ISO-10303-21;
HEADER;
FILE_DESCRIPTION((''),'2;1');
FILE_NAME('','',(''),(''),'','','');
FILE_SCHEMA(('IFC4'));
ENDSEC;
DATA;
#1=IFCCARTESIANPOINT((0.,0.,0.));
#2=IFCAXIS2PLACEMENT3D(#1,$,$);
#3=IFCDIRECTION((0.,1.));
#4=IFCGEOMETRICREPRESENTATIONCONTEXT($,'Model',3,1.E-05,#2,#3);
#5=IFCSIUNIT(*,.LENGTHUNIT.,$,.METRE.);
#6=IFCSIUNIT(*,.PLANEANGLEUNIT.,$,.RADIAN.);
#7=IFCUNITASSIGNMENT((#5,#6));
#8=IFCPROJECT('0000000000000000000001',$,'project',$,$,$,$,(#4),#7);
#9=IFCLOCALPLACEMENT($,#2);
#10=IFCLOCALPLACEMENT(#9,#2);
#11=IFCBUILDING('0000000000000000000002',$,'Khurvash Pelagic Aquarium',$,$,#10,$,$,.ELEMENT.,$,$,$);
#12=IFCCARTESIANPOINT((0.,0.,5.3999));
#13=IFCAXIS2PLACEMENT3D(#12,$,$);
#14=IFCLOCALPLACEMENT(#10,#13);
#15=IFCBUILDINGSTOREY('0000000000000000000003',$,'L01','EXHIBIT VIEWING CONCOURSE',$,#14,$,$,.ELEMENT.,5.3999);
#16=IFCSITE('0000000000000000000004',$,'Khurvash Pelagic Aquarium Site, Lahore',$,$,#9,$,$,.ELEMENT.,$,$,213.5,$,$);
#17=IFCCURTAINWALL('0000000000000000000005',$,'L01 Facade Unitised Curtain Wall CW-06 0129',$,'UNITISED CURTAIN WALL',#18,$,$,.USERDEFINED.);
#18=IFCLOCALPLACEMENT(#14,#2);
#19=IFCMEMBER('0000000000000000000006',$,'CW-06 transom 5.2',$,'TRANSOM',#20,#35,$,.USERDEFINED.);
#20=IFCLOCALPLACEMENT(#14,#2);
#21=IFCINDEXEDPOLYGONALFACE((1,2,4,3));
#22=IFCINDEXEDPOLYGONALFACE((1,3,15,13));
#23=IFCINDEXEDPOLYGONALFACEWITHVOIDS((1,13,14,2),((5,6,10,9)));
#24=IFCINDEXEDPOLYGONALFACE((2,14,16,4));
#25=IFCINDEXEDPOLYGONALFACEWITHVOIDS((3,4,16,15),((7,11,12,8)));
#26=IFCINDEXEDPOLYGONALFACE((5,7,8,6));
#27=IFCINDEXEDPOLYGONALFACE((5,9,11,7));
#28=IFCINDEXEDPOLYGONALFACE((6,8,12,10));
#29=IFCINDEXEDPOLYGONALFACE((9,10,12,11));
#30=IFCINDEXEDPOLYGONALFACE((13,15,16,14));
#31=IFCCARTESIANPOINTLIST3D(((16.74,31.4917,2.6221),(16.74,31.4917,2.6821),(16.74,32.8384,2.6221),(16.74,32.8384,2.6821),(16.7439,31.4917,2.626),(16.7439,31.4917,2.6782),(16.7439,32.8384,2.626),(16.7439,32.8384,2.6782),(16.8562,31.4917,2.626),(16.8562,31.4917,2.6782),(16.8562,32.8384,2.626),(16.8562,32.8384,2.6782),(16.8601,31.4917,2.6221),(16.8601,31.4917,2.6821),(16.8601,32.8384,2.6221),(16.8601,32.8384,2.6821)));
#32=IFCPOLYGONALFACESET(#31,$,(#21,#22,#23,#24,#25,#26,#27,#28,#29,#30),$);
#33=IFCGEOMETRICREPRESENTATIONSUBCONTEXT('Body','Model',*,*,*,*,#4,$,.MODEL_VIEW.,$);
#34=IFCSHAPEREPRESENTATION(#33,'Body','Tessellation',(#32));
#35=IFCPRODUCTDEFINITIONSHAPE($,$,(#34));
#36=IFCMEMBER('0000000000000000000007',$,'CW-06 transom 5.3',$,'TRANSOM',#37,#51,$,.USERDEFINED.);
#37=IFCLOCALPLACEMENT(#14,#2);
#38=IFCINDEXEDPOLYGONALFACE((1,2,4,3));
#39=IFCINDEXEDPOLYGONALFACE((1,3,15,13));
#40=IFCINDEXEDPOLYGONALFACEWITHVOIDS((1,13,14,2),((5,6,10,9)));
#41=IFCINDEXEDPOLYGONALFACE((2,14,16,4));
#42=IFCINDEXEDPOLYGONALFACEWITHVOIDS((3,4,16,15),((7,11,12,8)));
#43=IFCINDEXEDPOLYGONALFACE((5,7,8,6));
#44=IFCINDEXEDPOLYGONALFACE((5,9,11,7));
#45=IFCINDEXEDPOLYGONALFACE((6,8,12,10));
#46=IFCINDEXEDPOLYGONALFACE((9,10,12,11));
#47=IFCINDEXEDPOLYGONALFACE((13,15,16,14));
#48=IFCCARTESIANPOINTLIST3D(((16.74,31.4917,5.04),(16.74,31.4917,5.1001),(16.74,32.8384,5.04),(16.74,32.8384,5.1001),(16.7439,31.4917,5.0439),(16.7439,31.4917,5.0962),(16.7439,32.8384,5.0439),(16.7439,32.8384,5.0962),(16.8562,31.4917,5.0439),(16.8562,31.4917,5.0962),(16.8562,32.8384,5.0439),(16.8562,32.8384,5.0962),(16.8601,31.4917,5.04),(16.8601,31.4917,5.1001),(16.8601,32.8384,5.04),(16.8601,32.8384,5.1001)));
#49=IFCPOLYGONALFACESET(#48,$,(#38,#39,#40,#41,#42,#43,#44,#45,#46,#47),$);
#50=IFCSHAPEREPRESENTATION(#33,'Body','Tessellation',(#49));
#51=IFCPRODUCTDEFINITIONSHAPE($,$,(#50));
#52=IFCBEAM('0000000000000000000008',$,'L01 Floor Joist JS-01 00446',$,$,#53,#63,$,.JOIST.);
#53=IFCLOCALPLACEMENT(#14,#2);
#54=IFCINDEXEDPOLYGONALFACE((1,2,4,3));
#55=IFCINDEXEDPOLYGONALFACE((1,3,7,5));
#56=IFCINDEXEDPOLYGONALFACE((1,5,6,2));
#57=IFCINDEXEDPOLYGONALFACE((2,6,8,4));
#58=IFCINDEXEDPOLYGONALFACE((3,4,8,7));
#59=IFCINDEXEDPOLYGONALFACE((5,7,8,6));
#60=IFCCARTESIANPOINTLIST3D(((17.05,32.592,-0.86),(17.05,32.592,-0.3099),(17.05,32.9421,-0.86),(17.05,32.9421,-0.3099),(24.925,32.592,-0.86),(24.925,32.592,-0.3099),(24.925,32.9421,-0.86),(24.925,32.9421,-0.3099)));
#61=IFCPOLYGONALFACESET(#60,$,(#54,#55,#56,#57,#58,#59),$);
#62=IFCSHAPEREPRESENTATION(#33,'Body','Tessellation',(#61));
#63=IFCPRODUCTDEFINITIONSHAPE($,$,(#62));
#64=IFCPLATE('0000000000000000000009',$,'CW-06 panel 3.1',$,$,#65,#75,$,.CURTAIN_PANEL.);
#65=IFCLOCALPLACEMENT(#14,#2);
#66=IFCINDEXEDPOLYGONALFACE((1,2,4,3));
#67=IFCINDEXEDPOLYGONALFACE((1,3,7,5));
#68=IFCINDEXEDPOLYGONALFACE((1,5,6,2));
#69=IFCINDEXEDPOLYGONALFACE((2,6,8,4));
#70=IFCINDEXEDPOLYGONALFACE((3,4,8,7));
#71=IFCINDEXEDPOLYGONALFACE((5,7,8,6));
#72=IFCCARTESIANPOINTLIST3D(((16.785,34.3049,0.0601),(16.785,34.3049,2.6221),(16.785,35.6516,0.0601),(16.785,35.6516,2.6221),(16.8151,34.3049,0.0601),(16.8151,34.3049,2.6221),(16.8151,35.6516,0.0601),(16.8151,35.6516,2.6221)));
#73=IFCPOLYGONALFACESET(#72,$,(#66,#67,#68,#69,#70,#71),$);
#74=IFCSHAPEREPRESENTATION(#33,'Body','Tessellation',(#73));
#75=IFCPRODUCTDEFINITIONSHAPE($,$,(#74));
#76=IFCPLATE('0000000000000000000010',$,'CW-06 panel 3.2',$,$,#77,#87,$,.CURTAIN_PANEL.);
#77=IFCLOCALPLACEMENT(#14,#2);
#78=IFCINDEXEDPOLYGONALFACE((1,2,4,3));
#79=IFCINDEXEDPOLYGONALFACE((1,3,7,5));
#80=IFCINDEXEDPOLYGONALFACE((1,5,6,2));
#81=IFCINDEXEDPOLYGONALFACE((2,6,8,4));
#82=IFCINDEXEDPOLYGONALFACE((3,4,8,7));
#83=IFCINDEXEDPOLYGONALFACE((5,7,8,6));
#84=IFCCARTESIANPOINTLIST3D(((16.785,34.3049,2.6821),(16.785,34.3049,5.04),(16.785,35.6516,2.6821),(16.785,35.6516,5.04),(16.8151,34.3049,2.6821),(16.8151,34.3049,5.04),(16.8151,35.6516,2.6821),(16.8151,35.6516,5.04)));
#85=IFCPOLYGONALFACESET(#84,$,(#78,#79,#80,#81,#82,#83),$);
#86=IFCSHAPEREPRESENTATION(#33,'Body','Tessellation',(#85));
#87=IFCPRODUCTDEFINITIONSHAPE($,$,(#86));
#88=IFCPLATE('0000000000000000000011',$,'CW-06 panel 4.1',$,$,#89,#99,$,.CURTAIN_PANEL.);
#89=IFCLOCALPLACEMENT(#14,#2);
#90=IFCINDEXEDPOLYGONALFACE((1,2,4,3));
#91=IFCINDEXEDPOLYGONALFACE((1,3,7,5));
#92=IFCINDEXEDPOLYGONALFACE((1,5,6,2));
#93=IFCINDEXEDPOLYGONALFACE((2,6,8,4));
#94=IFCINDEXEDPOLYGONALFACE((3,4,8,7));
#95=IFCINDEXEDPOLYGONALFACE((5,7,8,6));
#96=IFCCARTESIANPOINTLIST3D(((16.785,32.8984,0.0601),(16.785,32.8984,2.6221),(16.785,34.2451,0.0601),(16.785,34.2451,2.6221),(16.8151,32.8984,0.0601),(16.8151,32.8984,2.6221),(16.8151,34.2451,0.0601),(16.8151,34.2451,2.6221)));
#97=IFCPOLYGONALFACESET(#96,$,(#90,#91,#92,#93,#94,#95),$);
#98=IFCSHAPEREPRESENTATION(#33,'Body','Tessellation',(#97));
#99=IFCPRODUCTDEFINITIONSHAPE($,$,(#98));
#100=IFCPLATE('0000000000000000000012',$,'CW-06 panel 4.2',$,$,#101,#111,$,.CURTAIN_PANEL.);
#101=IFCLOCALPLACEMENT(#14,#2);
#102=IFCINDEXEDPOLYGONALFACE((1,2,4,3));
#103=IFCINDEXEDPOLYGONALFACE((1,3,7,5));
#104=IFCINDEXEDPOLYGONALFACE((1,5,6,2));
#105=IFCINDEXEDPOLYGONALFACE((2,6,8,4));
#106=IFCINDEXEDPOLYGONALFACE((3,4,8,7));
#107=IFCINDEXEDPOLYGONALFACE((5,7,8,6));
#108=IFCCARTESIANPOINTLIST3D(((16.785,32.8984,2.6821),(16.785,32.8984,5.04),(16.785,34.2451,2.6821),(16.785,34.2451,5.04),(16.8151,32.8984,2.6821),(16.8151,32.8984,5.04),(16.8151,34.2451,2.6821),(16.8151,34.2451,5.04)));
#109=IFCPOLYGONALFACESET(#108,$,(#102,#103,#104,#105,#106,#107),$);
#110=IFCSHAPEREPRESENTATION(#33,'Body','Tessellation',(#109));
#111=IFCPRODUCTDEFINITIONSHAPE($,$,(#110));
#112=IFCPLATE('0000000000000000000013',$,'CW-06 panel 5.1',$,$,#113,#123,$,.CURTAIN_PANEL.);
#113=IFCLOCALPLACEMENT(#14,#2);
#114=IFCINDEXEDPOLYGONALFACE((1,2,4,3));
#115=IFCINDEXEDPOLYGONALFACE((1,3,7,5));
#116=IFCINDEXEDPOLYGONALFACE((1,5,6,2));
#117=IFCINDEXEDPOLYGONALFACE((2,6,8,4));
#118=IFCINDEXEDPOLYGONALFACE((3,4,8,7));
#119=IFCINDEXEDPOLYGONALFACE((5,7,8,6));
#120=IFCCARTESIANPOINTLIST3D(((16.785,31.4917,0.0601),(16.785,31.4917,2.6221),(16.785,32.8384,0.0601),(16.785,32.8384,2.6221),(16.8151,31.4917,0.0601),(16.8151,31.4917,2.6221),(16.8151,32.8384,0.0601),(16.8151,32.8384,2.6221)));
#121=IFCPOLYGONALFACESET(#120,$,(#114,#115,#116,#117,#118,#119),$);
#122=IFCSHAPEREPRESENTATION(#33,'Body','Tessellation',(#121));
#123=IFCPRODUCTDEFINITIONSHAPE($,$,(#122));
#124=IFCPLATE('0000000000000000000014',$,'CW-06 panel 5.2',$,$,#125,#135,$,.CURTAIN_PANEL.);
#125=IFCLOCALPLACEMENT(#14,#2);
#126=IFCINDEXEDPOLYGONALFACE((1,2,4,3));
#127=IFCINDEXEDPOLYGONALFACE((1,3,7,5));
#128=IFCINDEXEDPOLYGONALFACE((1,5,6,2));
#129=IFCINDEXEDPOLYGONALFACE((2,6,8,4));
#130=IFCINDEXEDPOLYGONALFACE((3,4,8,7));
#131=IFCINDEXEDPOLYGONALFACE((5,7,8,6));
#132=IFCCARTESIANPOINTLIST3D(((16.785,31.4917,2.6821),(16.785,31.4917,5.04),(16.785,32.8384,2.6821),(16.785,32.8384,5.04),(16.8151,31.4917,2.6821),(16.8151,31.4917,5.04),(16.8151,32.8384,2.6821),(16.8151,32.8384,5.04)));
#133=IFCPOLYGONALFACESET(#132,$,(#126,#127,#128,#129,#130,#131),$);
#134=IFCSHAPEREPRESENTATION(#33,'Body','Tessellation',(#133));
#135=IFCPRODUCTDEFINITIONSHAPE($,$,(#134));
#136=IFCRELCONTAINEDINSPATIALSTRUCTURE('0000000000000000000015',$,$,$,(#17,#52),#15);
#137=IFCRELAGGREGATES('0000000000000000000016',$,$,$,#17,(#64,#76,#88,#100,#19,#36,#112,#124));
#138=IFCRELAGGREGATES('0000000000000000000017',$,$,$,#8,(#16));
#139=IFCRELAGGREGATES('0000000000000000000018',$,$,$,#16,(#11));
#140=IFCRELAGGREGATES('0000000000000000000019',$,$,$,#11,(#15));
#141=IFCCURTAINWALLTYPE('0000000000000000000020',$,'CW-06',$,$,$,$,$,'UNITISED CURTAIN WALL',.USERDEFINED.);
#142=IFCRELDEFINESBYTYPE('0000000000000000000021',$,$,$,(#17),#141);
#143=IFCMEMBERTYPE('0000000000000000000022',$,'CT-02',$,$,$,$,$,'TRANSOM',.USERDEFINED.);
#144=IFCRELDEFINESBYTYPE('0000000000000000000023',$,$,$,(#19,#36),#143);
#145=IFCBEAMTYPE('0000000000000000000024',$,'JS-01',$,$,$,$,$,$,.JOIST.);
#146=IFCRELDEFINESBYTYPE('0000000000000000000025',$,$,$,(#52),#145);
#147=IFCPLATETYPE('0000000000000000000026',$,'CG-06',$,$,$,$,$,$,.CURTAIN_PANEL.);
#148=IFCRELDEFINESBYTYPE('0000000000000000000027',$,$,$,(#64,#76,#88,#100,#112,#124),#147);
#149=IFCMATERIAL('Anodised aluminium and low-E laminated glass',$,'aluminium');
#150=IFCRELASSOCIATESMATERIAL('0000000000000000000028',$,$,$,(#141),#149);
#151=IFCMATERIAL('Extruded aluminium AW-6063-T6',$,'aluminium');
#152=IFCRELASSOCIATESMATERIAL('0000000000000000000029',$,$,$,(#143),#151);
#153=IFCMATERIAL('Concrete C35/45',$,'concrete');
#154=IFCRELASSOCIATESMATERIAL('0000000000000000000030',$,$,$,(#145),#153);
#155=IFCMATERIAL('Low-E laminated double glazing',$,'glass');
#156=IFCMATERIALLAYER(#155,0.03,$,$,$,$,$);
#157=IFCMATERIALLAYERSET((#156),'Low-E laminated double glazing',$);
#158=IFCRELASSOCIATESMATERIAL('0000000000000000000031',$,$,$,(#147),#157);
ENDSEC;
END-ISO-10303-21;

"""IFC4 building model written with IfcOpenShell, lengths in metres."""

from ifc_helpers import new_model, si_unit, direction, frame, origin, origin_2d, place, context, subcontext, project, spatial, rectangle, hollow_rectangle, extrude, material, layer, layer_set, material_profile, profile_set, type_object, element, aggregate, save


model = new_model("IFC4")

# Units and contexts
model_context = context("Model", 3, precision=1e-05, world=origin(), true_north=direction((0.0, 1.0)))
body_context = subcontext(model_context, "Body", "Model", "MODEL_VIEW")
ifc_project = project(units=[si_unit("LENGTHUNIT", "METRE"), si_unit("PLANEANGLEUNIT", "RADIAN")], contexts=[model_context])

# Site, building, storey
site_placement = place(None, origin())
site = spatial("IfcSite", under=ifc_project, at=site_placement, Name="Khurvash Pelagic Aquarium Site, Lahore", CompositionType="ELEMENT", RefElevation=213.5)
building_placement = place(site_placement, origin())
building = spatial("IfcBuilding", under=site, at=building_placement, Name="Khurvash Pelagic Aquarium", CompositionType="ELEMENT")
storey_placement = place(building_placement, frame((0.0, 0.0, 5.3999)))
storey = spatial("IfcBuildingStorey", under=building, at=storey_placement, Name="L01", Description="EXHIBIT VIEWING CONCOURSE", CompositionType="ELEMENT", Elevation=5.3999)

# Curtain wall, members
ifc_material_1 = material(Name="Anodised aluminium and low-E laminated glass", Category="aluminium")
curtain_wall_type = type_object("IfcCurtainWallType", Name="CW-06", ElementType="UNITISED CURTAIN WALL", PredefinedType="USERDEFINED", material=ifc_material_1)
curtain_wall_placement = place(storey_placement, origin())
curtain_wall = element("IfcCurtainWall", 1, at=curtain_wall_placement, inside=storey, type_object=curtain_wall_type, Name="L01 Facade Unitised Curtain Wall CW-06 0129", ObjectType="UNITISED CURTAIN WALL", PredefinedType="USERDEFINED")
ifc_material_2 = material(Name="Extruded aluminium AW-6063-T6", Category="aluminium")
ifc_material_profile_1 = material_profile(ifc_material_2, hollow_rectangle(XDim=0.1201, YDim=0.0601, WallThickness=0.0039, at=origin_2d()), Name="CWT120X60X4")
ifc_profile_set_1 = profile_set([ifc_material_profile_1], Name="Extruded aluminium AW-6063-T6")
member_type_1 = type_object("IfcMemberType", Name="CT-02", ElementType="TRANSOM", PredefinedType="USERDEFINED", material=ifc_profile_set_1)
member_1_placement = place(storey_placement, frame((16.8, 32.8384, 2.6521), z_axis=(0.0, -1.0, 0.0), x_axis=(1.0, 0.0, 0.0)))
member_1 = element("IfcMember", 2, at=member_1_placement, type_object=member_type_1, Name="CW-06 transom 5.2", ObjectType="TRANSOM", PredefinedType="USERDEFINED", context=body_context, shape_type="SweptSolid", body=[
    extrude(hollow_rectangle(XDim=0.1201, YDim=0.0601, WallThickness=0.0039, at=origin_2d()), origin(), (0.0, 0.0, 1.0), 1.3467),
])
member_2_placement = place(storey_placement, frame((16.8, 32.8384, 5.0701), z_axis=(0.0, -1.0, 0.0), x_axis=(1.0, 0.0, 0.0)))
member_2 = element("IfcMember", 3, at=member_2_placement, type_object=member_type_1, Name="CW-06 transom 5.3", ObjectType="TRANSOM", PredefinedType="USERDEFINED", context=body_context, shape_type="SweptSolid", body=[
    extrude(hollow_rectangle(XDim=0.1201, YDim=0.0601, WallThickness=0.0039, at=origin_2d()), origin(), (0.0, 0.0, 1.0), 1.3467),
])

# Beam
ifc_material_3 = material(Name="Concrete C35/45", Category="concrete")
ifc_material_profile_2 = material_profile(ifc_material_3, rectangle(XDim=0.3501, YDim=0.55, at=origin_2d()), Name="RC350X550")
ifc_profile_set_2 = profile_set([ifc_material_profile_2], Name="Concrete C35/45")
beam_type = type_object("IfcBeamType", Name="JS-01", PredefinedType="JOIST", material=ifc_profile_set_2)
beam_placement = place(storey_placement, frame((17.05, 32.7671, -0.585), z_axis=(1.0, 0.0, 0.0), x_axis=(0.0, 1.0, 0.0)))
element("IfcBeam", 4, at=beam_placement, inside=storey, type_object=beam_type, Name="L01 Floor Joist JS-01 00446", PredefinedType="JOIST", context=body_context, shape_type="SweptSolid", body=[
    extrude(rectangle(XDim=0.3501, YDim=0.55, at=origin_2d()), origin(), (0.0, 0.0, 1.0), 7.875),
])

# Plates
ifc_material_4 = material(Name="Low-E laminated double glazing", Category="glass")
ifc_layer = layer(ifc_material_4, 0.03)
ifc_layer_set = layer_set([ifc_layer], Name="Low-E laminated double glazing")
plate_type = type_object("IfcPlateType", Name="CG-06", PredefinedType="CURTAIN_PANEL", material=ifc_layer_set)
plate_1_placement = place(storey_placement, frame((16.8, 34.9783, 0.0601), z_axis=(0.0, 0.0, 1.0), x_axis=(0.0, -1.0, 0.0)))
plate_1 = element("IfcPlate", 5, at=plate_1_placement, type_object=plate_type, Name="CW-06 panel 3.1", PredefinedType="CURTAIN_PANEL", context=body_context, shape_type="SweptSolid", body=[
    extrude(rectangle(XDim=1.3467, YDim=0.03, at=origin_2d()), origin(), (0.0, 0.0, 1.0), 2.562),
])
plate_2_placement = place(storey_placement, frame((16.8, 34.9783, 2.6821), z_axis=(0.0, 0.0, 1.0), x_axis=(0.0, -1.0, 0.0)))
plate_2 = element("IfcPlate", 6, at=plate_2_placement, type_object=plate_type, Name="CW-06 panel 3.2", PredefinedType="CURTAIN_PANEL", context=body_context, shape_type="SweptSolid", body=[
    extrude(rectangle(XDim=1.3467, YDim=0.03, at=origin_2d()), origin(), (0.0, 0.0, 1.0), 2.3579),
])
plate_3_placement = place(storey_placement, frame((16.8, 33.5718, 0.0601), z_axis=(0.0, 0.0, 1.0), x_axis=(0.0, -1.0, 0.0)))
plate_3 = element("IfcPlate", 7, at=plate_3_placement, type_object=plate_type, Name="CW-06 panel 4.1", PredefinedType="CURTAIN_PANEL", context=body_context, shape_type="SweptSolid", body=[
    extrude(rectangle(XDim=1.3467, YDim=0.03, at=origin_2d()), origin(), (0.0, 0.0, 1.0), 2.562),
])
plate_4_placement = place(storey_placement, frame((16.8, 33.5718, 2.6821), z_axis=(0.0, 0.0, 1.0), x_axis=(0.0, -1.0, 0.0)))
plate_4 = element("IfcPlate", 8, at=plate_4_placement, type_object=plate_type, Name="CW-06 panel 4.2", PredefinedType="CURTAIN_PANEL", context=body_context, shape_type="SweptSolid", body=[
    extrude(rectangle(XDim=1.3467, YDim=0.03, at=origin_2d()), origin(), (0.0, 0.0, 1.0), 2.3579),
])
plate_5_placement = place(storey_placement, frame((16.8, 32.165, 0.0601), z_axis=(0.0, 0.0, 1.0), x_axis=(0.0, -1.0, 0.0)))
plate_5 = element("IfcPlate", 9, at=plate_5_placement, type_object=plate_type, Name="CW-06 panel 5.1", PredefinedType="CURTAIN_PANEL", context=body_context, shape_type="SweptSolid", body=[
    extrude(rectangle(XDim=1.3467, YDim=0.03, at=origin_2d()), origin(), (0.0, 0.0, 1.0), 2.562),
])
plate_6_placement = place(storey_placement, frame((16.8, 32.165, 2.6821), z_axis=(0.0, 0.0, 1.0), x_axis=(0.0, -1.0, 0.0)))
plate_6 = element("IfcPlate", 10, at=plate_6_placement, type_object=plate_type, Name="CW-06 panel 5.2", PredefinedType="CURTAIN_PANEL", context=body_context, shape_type="SweptSolid", body=[
    extrude(rectangle(XDim=1.3467, YDim=0.03, at=origin_2d()), origin(), (0.0, 0.0, 1.0), 2.3579),
])
aggregate(curtain_wall, [plate_1, plate_2, plate_3, plate_4, member_1, member_2, plate_5, plate_6])

save(model, "model.ifc")
